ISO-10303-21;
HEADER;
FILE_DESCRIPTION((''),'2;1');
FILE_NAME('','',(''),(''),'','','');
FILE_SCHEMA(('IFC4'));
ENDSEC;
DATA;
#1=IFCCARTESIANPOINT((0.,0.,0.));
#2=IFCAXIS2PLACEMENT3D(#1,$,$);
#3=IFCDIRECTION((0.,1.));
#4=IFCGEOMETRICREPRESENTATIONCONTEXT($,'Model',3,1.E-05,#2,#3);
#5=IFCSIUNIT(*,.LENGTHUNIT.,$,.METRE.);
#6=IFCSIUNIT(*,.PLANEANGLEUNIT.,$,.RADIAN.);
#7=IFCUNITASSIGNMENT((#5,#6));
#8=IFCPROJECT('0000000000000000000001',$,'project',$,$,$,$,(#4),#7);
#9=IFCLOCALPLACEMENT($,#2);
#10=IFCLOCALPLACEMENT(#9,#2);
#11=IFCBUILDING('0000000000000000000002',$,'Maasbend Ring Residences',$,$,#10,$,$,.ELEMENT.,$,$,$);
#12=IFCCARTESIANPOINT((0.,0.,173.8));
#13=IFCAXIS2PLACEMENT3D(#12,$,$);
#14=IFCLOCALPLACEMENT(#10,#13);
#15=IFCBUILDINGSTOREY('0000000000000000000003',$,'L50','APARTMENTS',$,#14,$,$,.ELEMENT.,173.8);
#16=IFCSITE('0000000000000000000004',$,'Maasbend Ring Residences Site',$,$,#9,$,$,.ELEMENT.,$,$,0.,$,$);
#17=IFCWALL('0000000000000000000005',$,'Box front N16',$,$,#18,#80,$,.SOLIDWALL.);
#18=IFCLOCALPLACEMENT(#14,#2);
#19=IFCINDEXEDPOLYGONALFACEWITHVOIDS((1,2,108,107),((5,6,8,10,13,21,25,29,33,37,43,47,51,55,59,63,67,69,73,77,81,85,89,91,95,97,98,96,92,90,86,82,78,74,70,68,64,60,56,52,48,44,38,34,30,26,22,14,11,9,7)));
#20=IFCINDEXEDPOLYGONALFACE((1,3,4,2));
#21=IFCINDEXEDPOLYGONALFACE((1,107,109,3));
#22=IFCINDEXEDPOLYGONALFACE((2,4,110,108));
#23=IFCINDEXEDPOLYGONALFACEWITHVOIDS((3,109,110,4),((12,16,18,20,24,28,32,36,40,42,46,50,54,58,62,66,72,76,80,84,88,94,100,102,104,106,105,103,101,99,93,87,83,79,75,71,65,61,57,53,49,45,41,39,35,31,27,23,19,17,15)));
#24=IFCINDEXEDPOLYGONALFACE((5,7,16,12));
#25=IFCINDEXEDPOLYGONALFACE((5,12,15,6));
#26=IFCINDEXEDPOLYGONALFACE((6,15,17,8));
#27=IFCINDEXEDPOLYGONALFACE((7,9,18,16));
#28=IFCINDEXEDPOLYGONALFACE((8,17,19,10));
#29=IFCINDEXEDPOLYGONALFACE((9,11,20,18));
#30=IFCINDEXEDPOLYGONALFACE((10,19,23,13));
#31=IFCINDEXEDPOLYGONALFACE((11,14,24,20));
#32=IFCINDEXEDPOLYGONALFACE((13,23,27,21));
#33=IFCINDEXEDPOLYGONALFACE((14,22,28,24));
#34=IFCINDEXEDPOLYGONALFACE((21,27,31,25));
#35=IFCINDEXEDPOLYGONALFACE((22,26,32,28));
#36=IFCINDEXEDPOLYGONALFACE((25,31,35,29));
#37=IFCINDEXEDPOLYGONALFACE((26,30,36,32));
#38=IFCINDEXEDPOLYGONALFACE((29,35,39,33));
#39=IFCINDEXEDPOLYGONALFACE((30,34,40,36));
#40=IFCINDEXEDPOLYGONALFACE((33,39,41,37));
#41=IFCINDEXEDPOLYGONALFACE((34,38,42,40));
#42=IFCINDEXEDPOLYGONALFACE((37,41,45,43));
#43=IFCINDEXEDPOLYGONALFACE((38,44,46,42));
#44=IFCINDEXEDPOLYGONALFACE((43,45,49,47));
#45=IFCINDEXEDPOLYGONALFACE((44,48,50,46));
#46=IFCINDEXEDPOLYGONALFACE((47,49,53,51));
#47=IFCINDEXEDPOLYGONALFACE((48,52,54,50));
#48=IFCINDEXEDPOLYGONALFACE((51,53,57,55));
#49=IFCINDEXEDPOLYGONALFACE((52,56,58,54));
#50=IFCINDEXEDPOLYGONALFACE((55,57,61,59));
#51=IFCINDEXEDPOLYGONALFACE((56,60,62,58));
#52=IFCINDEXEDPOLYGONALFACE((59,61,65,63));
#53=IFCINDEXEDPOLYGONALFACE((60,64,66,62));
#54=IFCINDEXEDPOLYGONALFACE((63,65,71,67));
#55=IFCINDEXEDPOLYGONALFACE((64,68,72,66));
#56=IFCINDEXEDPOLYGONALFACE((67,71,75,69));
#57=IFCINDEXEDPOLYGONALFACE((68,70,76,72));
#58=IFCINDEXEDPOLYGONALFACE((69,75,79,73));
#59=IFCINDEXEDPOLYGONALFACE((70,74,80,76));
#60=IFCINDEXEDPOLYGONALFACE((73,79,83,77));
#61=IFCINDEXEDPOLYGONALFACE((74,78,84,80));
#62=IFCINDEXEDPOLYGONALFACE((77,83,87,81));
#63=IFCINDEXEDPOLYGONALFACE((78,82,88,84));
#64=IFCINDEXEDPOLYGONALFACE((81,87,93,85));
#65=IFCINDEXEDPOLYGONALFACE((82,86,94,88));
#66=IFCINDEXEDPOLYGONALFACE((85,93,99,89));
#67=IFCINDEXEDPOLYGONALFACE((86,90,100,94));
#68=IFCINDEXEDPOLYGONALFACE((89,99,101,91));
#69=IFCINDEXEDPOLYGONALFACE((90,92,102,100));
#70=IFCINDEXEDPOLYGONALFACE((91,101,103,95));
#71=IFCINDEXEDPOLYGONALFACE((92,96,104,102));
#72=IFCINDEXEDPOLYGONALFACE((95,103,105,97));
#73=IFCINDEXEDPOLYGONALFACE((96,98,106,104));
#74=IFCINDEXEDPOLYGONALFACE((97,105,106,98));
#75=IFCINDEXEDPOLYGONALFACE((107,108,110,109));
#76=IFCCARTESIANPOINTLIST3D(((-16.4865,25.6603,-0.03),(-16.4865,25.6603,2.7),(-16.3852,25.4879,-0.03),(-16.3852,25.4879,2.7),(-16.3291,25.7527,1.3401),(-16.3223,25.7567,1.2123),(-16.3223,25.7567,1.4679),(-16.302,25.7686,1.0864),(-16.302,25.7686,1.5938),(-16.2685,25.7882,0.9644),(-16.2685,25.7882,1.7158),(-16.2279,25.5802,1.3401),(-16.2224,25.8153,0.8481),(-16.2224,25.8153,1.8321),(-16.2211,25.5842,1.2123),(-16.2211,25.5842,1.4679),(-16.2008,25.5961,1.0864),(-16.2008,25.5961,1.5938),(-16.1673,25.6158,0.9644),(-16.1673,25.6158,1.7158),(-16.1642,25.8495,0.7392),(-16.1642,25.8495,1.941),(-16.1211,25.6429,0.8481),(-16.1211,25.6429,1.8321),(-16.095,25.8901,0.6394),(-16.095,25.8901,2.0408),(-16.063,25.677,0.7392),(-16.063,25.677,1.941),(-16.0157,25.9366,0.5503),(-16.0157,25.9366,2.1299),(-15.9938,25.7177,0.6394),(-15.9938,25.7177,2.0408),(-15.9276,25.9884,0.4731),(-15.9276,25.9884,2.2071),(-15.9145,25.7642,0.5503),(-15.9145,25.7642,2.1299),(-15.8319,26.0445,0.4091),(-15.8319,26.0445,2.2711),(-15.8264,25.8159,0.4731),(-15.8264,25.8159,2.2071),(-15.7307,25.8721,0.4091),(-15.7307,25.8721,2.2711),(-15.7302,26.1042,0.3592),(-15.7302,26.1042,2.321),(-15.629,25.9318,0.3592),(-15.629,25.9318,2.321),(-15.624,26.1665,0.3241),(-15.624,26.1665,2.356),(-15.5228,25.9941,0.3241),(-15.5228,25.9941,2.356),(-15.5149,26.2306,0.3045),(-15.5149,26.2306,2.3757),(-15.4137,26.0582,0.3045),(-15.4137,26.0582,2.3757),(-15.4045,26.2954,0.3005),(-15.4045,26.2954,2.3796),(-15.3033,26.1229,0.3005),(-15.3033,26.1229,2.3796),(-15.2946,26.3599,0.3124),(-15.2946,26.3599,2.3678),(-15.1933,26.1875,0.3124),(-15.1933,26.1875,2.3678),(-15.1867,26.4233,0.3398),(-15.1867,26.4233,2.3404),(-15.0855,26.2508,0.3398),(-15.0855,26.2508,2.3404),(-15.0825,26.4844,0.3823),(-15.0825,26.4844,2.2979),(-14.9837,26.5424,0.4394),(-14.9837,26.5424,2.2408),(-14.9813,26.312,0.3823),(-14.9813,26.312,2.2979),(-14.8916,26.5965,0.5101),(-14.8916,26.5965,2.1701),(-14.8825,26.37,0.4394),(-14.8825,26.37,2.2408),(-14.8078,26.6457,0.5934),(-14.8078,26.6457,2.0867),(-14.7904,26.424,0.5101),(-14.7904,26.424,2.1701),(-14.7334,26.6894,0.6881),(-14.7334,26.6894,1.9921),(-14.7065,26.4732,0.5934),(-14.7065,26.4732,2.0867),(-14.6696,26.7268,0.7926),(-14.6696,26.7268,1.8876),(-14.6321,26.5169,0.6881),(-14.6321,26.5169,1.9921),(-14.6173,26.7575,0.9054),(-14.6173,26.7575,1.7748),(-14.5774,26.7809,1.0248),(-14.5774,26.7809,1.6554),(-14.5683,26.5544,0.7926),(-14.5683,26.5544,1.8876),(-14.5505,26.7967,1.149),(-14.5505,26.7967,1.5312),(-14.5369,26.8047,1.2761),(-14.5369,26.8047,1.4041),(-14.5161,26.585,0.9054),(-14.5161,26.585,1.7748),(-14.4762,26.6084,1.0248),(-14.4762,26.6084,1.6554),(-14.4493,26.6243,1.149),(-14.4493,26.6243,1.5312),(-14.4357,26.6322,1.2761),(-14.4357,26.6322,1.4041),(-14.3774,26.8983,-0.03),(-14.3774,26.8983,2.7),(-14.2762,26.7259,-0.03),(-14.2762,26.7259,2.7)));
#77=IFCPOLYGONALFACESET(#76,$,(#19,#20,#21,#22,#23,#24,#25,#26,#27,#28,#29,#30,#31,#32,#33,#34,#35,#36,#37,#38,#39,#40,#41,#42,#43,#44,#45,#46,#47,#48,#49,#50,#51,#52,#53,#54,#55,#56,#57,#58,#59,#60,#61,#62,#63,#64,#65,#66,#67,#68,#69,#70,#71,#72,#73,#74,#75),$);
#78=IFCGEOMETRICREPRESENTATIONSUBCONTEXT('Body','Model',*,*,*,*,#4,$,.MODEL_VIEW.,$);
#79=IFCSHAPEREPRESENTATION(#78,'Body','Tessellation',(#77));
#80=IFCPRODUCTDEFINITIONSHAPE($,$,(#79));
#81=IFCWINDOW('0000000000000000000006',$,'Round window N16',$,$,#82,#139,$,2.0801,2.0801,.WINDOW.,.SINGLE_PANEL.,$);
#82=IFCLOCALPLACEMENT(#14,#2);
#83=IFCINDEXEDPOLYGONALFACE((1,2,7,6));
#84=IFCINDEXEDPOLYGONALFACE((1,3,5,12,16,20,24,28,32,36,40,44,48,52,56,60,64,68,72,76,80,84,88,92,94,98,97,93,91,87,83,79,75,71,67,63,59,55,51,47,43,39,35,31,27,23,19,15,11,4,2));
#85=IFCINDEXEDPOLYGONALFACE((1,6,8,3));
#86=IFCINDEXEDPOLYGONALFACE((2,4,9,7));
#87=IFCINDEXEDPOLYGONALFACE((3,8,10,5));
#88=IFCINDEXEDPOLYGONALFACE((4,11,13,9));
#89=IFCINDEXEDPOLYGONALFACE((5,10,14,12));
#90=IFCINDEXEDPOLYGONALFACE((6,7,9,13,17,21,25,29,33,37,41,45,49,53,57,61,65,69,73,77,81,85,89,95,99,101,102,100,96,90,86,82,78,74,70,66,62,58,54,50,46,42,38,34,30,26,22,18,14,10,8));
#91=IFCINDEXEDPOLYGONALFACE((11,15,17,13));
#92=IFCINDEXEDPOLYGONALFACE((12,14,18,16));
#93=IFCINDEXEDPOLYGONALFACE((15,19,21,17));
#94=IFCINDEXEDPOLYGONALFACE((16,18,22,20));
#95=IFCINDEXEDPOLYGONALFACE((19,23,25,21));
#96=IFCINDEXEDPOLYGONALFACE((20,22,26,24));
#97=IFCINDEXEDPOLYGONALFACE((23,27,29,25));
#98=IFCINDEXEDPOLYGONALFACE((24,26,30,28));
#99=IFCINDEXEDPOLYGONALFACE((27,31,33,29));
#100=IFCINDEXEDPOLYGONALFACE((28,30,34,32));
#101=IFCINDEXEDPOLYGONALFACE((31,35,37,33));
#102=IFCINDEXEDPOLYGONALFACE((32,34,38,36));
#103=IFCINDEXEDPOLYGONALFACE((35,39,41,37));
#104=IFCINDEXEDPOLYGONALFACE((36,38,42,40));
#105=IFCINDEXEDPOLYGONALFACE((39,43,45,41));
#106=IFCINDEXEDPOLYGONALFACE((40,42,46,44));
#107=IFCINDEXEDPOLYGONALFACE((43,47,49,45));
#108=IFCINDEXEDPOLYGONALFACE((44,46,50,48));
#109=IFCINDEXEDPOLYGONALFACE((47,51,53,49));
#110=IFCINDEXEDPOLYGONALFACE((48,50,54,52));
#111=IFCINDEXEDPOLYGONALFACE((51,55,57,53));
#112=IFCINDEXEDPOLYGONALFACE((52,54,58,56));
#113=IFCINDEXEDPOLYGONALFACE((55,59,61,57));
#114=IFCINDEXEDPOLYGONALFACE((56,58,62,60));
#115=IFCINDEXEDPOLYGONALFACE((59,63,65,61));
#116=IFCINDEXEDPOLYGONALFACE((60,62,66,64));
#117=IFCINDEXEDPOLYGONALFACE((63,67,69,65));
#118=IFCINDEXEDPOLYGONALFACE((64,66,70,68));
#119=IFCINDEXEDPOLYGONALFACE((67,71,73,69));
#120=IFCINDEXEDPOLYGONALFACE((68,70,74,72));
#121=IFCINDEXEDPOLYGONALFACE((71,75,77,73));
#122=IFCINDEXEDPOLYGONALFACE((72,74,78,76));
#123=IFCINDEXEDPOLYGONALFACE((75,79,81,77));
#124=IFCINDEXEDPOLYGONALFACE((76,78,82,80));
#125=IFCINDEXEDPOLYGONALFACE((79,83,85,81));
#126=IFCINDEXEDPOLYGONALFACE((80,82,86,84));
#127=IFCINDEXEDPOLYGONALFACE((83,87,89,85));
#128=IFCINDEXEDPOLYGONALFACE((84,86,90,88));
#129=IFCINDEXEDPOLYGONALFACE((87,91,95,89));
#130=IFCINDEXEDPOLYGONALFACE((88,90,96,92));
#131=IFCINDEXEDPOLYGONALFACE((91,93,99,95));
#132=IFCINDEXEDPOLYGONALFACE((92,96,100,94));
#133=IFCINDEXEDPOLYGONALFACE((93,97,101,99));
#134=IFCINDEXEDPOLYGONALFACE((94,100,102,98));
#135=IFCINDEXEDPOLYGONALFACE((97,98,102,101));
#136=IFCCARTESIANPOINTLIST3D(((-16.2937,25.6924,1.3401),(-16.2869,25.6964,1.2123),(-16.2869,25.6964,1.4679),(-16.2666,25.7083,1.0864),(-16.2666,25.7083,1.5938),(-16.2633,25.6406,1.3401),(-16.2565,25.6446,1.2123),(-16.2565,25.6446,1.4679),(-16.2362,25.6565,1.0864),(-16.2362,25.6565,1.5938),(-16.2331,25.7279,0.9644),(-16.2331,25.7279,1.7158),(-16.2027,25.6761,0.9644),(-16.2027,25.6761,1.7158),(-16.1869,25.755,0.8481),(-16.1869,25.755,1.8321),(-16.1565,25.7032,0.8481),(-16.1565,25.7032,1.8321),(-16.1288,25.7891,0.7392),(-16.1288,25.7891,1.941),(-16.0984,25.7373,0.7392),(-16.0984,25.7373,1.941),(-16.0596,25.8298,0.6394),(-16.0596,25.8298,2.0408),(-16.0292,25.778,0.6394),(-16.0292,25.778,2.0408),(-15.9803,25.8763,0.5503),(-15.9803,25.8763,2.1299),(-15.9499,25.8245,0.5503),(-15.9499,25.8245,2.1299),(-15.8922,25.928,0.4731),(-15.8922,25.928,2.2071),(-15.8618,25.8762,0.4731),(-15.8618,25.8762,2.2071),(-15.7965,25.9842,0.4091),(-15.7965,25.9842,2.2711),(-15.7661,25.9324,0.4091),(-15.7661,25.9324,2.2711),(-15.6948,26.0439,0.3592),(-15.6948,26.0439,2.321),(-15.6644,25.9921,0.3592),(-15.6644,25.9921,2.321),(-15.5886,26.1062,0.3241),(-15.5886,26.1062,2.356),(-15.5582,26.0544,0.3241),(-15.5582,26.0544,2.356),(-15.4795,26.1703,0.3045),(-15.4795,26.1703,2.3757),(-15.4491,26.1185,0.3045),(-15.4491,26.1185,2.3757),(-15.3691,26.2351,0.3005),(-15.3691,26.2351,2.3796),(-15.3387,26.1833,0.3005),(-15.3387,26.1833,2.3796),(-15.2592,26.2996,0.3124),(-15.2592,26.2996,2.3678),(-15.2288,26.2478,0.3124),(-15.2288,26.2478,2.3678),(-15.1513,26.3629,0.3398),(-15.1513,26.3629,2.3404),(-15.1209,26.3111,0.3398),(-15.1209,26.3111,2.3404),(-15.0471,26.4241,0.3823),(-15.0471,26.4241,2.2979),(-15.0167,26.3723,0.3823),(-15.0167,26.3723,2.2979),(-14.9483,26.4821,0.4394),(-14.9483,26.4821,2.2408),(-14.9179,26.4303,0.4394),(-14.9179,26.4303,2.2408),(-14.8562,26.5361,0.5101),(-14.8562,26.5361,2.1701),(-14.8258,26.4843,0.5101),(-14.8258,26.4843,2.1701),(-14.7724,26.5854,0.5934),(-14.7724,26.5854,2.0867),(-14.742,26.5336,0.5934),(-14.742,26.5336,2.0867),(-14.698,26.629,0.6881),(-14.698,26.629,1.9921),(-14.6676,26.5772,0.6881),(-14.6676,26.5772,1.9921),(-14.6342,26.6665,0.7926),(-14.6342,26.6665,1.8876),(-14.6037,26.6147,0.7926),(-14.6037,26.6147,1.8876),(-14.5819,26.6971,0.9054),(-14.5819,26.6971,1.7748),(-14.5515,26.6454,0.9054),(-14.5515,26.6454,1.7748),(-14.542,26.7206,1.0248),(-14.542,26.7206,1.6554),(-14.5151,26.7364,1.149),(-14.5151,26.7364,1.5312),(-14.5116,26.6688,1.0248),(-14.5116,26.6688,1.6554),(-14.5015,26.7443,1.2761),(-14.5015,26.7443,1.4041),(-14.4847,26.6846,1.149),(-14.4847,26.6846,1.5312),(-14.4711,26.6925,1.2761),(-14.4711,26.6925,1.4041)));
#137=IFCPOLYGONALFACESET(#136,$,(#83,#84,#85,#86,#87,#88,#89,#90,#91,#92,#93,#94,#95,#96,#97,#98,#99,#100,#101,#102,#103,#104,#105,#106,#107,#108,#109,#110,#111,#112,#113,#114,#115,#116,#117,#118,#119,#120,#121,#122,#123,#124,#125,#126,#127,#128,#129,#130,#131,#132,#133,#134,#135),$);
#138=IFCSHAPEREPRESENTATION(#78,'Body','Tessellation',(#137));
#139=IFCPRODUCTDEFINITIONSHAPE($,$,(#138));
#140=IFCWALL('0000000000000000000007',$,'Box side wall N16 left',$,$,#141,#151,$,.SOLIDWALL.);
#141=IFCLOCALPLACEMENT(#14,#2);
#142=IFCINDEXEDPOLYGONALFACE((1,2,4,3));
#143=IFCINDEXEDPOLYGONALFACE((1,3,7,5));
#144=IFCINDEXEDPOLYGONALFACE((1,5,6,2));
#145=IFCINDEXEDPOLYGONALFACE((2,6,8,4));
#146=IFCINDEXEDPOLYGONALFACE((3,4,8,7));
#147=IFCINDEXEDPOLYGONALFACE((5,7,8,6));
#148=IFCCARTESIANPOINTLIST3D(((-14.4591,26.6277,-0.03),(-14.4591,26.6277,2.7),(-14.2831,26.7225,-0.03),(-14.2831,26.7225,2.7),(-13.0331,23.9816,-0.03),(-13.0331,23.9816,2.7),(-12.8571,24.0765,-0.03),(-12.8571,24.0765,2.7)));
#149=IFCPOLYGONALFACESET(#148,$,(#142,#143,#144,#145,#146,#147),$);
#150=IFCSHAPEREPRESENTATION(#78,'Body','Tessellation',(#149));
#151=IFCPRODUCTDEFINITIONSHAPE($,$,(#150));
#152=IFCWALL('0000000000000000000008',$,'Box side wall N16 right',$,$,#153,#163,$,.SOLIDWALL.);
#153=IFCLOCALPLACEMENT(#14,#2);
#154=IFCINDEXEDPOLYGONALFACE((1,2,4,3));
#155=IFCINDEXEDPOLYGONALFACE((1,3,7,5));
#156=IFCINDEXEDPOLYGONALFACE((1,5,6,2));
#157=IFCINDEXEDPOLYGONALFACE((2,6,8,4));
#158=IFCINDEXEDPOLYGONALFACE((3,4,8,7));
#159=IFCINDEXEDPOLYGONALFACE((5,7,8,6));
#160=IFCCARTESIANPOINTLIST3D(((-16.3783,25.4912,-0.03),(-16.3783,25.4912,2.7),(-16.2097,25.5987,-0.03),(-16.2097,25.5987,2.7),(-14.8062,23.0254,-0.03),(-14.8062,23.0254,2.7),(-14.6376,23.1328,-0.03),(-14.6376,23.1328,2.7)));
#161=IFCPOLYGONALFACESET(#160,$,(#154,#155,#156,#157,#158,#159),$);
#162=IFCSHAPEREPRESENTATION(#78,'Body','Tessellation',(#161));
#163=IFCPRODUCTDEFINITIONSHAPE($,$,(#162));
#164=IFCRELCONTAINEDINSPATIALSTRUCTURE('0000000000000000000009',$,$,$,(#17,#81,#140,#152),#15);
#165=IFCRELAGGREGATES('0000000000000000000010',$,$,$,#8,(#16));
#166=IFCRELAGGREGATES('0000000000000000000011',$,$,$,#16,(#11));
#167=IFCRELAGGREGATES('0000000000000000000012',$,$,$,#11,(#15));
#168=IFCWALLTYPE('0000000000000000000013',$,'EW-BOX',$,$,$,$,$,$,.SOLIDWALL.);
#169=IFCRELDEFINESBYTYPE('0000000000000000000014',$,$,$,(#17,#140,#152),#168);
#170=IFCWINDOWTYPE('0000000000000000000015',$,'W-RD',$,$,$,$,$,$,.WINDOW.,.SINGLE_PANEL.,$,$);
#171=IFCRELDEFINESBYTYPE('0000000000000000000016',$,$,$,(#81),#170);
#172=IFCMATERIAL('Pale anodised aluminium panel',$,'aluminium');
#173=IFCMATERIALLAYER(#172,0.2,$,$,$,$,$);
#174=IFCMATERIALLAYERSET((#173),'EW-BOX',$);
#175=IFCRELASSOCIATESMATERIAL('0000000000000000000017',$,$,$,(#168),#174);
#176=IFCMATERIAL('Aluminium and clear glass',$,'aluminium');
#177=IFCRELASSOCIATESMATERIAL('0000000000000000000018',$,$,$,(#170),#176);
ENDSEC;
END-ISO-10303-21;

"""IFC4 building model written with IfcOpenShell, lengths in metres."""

from ifc_helpers import new_model, si_unit, direction, frame, frame_2d, origin, place, context, subcontext, project, spatial, rectangle, circle, extrude, material, layer, layer_set, type_object, element, fill, save


model = new_model("IFC4")

# Units and contexts
model_context = context("Model", 3, precision=1e-05, world=origin(), true_north=direction((0.0, 1.0)))
body_context = subcontext(model_context, "Body", "Model", "MODEL_VIEW")
ifc_project = project(units=[si_unit("LENGTHUNIT", "METRE"), si_unit("PLANEANGLEUNIT", "RADIAN")], contexts=[model_context])

# Site, building, storey
site_placement = place(None, origin())
site = spatial("IfcSite", under=ifc_project, at=site_placement, Name="Maasbend Ring Residences Site", CompositionType="ELEMENT", RefElevation=0.0)
building_placement = place(site_placement, origin())
building = spatial("IfcBuilding", under=site, at=building_placement, Name="Maasbend Ring Residences", CompositionType="ELEMENT")
storey_placement = place(building_placement, frame((0.0, 0.0, 173.8)))
storey = spatial("IfcBuildingStorey", under=building, at=storey_placement, Name="L50", Description="APARTMENTS", CompositionType="ELEMENT", Elevation=173.8)

# Wall, opening, window
ifc_material_1 = material(Name="Pale anodised aluminium panel", Category="aluminium")
ifc_layer_1 = layer(ifc_material_1, 0.2)
ifc_layer_set_1 = layer_set([ifc_layer_1], Name="EW-BOX")
wall_type_1 = type_object("IfcWallType", Name="EW-BOX", PredefinedType="SOLIDWALL", material=ifc_layer_set_1)
wall_1_placement = place(storey_placement, frame((-14.3269, 26.812, -0.03), z_axis=(0.0, 0.0, 1.0), x_axis=(-0.862403, -0.506222, 0.0)))
wall_1 = element("IfcWall", 1, at=wall_1_placement, inside=storey, type_object=wall_type_1, Name="Box front N16", PredefinedType="SOLIDWALL", context=body_context, shape_type="SweptSolid", body=[
    extrude(rectangle(XDim=2.4456, YDim=0.2, at=frame_2d((1.2227, 0.0))), origin(), (0.0, 0.0, 1.0), 2.73),
])
opening_1_placement = place(wall_1_placement, frame((0.1829, 0.0, 0.3301)))
opening_1 = element("IfcOpeningElement", 2, at=opening_1_placement, cuts=wall_1, PredefinedType="OPENING", context=body_context, shape_type="SweptSolid", body=[
    extrude(circle(Radius=1.04, at=frame_2d((1.04, 1.04))), frame((0.0, 0.1099, 0.0), z_axis=(0.0, -1.0, 0.0), x_axis=(1.0, 0.0, 0.0)), (0.0, 0.0, 1.0), 0.22),
])
ifc_material_2 = material(Name="Aluminium and clear glass", Category="aluminium")
window_type_1 = type_object("IfcWindowType", Name="W-RD", PartitioningType="SINGLE_PANEL", PredefinedType="WINDOW", material=ifc_material_2)
window_1_placement = place(opening_1_placement, origin())
window_1 = element("IfcWindow", 3, at=window_1_placement, inside=storey, type_object=window_type_1, Name="Round window N16", OverallHeight=2.0801, OverallWidth=2.0801, PartitioningType="SINGLE_PANEL", PredefinedType="WINDOW", context=body_context, shape_type="SweptSolid", body=[
    extrude(circle(Radius=1.04, at=frame_2d((1.04, 1.04))), frame((0.0, 0.03, 0.0), z_axis=(0.0, -1.0, 0.0), x_axis=(1.0, 0.0, 0.0)), (0.0, 0.0, 1.0), 0.0601),
])
fill(opening_1, window_1)

# Walls
wall_2_placement = place(storey_placement, frame((-12.9451, 24.0291, -0.03), z_axis=(0.0, 0.0, 1.0), x_axis=(-0.474424, 0.880296, 0.0)))
element("IfcWall", 4, at=wall_2_placement, inside=storey, type_object=wall_type_1, Name="Box side wall N16 left", PredefinedType="SOLIDWALL", context=body_context, shape_type="SweptSolid", body=[
    extrude(rectangle(XDim=3.0059, YDim=0.2, at=frame_2d((1.5029, 0.0))), origin(), (0.0, 0.0, 1.0), 2.73),
])
wall_3_placement = place(storey_placement, frame((-14.7219, 23.0791, -0.03), z_axis=(0.0, 0.0, 1.0), x_axis=(-0.537572, 0.843218, 0.0)))
element("IfcWall", 5, at=wall_3_placement, inside=storey, type_object=wall_type_1, Name="Box side wall N16 right", PredefinedType="SOLIDWALL", context=body_context, shape_type="SweptSolid", body=[
    extrude(rectangle(XDim=2.9243, YDim=0.2, at=frame_2d((1.4622, 0.0))), origin(), (0.0, 0.0, 1.0), 2.73),
])

save(model, "model.ifc")
